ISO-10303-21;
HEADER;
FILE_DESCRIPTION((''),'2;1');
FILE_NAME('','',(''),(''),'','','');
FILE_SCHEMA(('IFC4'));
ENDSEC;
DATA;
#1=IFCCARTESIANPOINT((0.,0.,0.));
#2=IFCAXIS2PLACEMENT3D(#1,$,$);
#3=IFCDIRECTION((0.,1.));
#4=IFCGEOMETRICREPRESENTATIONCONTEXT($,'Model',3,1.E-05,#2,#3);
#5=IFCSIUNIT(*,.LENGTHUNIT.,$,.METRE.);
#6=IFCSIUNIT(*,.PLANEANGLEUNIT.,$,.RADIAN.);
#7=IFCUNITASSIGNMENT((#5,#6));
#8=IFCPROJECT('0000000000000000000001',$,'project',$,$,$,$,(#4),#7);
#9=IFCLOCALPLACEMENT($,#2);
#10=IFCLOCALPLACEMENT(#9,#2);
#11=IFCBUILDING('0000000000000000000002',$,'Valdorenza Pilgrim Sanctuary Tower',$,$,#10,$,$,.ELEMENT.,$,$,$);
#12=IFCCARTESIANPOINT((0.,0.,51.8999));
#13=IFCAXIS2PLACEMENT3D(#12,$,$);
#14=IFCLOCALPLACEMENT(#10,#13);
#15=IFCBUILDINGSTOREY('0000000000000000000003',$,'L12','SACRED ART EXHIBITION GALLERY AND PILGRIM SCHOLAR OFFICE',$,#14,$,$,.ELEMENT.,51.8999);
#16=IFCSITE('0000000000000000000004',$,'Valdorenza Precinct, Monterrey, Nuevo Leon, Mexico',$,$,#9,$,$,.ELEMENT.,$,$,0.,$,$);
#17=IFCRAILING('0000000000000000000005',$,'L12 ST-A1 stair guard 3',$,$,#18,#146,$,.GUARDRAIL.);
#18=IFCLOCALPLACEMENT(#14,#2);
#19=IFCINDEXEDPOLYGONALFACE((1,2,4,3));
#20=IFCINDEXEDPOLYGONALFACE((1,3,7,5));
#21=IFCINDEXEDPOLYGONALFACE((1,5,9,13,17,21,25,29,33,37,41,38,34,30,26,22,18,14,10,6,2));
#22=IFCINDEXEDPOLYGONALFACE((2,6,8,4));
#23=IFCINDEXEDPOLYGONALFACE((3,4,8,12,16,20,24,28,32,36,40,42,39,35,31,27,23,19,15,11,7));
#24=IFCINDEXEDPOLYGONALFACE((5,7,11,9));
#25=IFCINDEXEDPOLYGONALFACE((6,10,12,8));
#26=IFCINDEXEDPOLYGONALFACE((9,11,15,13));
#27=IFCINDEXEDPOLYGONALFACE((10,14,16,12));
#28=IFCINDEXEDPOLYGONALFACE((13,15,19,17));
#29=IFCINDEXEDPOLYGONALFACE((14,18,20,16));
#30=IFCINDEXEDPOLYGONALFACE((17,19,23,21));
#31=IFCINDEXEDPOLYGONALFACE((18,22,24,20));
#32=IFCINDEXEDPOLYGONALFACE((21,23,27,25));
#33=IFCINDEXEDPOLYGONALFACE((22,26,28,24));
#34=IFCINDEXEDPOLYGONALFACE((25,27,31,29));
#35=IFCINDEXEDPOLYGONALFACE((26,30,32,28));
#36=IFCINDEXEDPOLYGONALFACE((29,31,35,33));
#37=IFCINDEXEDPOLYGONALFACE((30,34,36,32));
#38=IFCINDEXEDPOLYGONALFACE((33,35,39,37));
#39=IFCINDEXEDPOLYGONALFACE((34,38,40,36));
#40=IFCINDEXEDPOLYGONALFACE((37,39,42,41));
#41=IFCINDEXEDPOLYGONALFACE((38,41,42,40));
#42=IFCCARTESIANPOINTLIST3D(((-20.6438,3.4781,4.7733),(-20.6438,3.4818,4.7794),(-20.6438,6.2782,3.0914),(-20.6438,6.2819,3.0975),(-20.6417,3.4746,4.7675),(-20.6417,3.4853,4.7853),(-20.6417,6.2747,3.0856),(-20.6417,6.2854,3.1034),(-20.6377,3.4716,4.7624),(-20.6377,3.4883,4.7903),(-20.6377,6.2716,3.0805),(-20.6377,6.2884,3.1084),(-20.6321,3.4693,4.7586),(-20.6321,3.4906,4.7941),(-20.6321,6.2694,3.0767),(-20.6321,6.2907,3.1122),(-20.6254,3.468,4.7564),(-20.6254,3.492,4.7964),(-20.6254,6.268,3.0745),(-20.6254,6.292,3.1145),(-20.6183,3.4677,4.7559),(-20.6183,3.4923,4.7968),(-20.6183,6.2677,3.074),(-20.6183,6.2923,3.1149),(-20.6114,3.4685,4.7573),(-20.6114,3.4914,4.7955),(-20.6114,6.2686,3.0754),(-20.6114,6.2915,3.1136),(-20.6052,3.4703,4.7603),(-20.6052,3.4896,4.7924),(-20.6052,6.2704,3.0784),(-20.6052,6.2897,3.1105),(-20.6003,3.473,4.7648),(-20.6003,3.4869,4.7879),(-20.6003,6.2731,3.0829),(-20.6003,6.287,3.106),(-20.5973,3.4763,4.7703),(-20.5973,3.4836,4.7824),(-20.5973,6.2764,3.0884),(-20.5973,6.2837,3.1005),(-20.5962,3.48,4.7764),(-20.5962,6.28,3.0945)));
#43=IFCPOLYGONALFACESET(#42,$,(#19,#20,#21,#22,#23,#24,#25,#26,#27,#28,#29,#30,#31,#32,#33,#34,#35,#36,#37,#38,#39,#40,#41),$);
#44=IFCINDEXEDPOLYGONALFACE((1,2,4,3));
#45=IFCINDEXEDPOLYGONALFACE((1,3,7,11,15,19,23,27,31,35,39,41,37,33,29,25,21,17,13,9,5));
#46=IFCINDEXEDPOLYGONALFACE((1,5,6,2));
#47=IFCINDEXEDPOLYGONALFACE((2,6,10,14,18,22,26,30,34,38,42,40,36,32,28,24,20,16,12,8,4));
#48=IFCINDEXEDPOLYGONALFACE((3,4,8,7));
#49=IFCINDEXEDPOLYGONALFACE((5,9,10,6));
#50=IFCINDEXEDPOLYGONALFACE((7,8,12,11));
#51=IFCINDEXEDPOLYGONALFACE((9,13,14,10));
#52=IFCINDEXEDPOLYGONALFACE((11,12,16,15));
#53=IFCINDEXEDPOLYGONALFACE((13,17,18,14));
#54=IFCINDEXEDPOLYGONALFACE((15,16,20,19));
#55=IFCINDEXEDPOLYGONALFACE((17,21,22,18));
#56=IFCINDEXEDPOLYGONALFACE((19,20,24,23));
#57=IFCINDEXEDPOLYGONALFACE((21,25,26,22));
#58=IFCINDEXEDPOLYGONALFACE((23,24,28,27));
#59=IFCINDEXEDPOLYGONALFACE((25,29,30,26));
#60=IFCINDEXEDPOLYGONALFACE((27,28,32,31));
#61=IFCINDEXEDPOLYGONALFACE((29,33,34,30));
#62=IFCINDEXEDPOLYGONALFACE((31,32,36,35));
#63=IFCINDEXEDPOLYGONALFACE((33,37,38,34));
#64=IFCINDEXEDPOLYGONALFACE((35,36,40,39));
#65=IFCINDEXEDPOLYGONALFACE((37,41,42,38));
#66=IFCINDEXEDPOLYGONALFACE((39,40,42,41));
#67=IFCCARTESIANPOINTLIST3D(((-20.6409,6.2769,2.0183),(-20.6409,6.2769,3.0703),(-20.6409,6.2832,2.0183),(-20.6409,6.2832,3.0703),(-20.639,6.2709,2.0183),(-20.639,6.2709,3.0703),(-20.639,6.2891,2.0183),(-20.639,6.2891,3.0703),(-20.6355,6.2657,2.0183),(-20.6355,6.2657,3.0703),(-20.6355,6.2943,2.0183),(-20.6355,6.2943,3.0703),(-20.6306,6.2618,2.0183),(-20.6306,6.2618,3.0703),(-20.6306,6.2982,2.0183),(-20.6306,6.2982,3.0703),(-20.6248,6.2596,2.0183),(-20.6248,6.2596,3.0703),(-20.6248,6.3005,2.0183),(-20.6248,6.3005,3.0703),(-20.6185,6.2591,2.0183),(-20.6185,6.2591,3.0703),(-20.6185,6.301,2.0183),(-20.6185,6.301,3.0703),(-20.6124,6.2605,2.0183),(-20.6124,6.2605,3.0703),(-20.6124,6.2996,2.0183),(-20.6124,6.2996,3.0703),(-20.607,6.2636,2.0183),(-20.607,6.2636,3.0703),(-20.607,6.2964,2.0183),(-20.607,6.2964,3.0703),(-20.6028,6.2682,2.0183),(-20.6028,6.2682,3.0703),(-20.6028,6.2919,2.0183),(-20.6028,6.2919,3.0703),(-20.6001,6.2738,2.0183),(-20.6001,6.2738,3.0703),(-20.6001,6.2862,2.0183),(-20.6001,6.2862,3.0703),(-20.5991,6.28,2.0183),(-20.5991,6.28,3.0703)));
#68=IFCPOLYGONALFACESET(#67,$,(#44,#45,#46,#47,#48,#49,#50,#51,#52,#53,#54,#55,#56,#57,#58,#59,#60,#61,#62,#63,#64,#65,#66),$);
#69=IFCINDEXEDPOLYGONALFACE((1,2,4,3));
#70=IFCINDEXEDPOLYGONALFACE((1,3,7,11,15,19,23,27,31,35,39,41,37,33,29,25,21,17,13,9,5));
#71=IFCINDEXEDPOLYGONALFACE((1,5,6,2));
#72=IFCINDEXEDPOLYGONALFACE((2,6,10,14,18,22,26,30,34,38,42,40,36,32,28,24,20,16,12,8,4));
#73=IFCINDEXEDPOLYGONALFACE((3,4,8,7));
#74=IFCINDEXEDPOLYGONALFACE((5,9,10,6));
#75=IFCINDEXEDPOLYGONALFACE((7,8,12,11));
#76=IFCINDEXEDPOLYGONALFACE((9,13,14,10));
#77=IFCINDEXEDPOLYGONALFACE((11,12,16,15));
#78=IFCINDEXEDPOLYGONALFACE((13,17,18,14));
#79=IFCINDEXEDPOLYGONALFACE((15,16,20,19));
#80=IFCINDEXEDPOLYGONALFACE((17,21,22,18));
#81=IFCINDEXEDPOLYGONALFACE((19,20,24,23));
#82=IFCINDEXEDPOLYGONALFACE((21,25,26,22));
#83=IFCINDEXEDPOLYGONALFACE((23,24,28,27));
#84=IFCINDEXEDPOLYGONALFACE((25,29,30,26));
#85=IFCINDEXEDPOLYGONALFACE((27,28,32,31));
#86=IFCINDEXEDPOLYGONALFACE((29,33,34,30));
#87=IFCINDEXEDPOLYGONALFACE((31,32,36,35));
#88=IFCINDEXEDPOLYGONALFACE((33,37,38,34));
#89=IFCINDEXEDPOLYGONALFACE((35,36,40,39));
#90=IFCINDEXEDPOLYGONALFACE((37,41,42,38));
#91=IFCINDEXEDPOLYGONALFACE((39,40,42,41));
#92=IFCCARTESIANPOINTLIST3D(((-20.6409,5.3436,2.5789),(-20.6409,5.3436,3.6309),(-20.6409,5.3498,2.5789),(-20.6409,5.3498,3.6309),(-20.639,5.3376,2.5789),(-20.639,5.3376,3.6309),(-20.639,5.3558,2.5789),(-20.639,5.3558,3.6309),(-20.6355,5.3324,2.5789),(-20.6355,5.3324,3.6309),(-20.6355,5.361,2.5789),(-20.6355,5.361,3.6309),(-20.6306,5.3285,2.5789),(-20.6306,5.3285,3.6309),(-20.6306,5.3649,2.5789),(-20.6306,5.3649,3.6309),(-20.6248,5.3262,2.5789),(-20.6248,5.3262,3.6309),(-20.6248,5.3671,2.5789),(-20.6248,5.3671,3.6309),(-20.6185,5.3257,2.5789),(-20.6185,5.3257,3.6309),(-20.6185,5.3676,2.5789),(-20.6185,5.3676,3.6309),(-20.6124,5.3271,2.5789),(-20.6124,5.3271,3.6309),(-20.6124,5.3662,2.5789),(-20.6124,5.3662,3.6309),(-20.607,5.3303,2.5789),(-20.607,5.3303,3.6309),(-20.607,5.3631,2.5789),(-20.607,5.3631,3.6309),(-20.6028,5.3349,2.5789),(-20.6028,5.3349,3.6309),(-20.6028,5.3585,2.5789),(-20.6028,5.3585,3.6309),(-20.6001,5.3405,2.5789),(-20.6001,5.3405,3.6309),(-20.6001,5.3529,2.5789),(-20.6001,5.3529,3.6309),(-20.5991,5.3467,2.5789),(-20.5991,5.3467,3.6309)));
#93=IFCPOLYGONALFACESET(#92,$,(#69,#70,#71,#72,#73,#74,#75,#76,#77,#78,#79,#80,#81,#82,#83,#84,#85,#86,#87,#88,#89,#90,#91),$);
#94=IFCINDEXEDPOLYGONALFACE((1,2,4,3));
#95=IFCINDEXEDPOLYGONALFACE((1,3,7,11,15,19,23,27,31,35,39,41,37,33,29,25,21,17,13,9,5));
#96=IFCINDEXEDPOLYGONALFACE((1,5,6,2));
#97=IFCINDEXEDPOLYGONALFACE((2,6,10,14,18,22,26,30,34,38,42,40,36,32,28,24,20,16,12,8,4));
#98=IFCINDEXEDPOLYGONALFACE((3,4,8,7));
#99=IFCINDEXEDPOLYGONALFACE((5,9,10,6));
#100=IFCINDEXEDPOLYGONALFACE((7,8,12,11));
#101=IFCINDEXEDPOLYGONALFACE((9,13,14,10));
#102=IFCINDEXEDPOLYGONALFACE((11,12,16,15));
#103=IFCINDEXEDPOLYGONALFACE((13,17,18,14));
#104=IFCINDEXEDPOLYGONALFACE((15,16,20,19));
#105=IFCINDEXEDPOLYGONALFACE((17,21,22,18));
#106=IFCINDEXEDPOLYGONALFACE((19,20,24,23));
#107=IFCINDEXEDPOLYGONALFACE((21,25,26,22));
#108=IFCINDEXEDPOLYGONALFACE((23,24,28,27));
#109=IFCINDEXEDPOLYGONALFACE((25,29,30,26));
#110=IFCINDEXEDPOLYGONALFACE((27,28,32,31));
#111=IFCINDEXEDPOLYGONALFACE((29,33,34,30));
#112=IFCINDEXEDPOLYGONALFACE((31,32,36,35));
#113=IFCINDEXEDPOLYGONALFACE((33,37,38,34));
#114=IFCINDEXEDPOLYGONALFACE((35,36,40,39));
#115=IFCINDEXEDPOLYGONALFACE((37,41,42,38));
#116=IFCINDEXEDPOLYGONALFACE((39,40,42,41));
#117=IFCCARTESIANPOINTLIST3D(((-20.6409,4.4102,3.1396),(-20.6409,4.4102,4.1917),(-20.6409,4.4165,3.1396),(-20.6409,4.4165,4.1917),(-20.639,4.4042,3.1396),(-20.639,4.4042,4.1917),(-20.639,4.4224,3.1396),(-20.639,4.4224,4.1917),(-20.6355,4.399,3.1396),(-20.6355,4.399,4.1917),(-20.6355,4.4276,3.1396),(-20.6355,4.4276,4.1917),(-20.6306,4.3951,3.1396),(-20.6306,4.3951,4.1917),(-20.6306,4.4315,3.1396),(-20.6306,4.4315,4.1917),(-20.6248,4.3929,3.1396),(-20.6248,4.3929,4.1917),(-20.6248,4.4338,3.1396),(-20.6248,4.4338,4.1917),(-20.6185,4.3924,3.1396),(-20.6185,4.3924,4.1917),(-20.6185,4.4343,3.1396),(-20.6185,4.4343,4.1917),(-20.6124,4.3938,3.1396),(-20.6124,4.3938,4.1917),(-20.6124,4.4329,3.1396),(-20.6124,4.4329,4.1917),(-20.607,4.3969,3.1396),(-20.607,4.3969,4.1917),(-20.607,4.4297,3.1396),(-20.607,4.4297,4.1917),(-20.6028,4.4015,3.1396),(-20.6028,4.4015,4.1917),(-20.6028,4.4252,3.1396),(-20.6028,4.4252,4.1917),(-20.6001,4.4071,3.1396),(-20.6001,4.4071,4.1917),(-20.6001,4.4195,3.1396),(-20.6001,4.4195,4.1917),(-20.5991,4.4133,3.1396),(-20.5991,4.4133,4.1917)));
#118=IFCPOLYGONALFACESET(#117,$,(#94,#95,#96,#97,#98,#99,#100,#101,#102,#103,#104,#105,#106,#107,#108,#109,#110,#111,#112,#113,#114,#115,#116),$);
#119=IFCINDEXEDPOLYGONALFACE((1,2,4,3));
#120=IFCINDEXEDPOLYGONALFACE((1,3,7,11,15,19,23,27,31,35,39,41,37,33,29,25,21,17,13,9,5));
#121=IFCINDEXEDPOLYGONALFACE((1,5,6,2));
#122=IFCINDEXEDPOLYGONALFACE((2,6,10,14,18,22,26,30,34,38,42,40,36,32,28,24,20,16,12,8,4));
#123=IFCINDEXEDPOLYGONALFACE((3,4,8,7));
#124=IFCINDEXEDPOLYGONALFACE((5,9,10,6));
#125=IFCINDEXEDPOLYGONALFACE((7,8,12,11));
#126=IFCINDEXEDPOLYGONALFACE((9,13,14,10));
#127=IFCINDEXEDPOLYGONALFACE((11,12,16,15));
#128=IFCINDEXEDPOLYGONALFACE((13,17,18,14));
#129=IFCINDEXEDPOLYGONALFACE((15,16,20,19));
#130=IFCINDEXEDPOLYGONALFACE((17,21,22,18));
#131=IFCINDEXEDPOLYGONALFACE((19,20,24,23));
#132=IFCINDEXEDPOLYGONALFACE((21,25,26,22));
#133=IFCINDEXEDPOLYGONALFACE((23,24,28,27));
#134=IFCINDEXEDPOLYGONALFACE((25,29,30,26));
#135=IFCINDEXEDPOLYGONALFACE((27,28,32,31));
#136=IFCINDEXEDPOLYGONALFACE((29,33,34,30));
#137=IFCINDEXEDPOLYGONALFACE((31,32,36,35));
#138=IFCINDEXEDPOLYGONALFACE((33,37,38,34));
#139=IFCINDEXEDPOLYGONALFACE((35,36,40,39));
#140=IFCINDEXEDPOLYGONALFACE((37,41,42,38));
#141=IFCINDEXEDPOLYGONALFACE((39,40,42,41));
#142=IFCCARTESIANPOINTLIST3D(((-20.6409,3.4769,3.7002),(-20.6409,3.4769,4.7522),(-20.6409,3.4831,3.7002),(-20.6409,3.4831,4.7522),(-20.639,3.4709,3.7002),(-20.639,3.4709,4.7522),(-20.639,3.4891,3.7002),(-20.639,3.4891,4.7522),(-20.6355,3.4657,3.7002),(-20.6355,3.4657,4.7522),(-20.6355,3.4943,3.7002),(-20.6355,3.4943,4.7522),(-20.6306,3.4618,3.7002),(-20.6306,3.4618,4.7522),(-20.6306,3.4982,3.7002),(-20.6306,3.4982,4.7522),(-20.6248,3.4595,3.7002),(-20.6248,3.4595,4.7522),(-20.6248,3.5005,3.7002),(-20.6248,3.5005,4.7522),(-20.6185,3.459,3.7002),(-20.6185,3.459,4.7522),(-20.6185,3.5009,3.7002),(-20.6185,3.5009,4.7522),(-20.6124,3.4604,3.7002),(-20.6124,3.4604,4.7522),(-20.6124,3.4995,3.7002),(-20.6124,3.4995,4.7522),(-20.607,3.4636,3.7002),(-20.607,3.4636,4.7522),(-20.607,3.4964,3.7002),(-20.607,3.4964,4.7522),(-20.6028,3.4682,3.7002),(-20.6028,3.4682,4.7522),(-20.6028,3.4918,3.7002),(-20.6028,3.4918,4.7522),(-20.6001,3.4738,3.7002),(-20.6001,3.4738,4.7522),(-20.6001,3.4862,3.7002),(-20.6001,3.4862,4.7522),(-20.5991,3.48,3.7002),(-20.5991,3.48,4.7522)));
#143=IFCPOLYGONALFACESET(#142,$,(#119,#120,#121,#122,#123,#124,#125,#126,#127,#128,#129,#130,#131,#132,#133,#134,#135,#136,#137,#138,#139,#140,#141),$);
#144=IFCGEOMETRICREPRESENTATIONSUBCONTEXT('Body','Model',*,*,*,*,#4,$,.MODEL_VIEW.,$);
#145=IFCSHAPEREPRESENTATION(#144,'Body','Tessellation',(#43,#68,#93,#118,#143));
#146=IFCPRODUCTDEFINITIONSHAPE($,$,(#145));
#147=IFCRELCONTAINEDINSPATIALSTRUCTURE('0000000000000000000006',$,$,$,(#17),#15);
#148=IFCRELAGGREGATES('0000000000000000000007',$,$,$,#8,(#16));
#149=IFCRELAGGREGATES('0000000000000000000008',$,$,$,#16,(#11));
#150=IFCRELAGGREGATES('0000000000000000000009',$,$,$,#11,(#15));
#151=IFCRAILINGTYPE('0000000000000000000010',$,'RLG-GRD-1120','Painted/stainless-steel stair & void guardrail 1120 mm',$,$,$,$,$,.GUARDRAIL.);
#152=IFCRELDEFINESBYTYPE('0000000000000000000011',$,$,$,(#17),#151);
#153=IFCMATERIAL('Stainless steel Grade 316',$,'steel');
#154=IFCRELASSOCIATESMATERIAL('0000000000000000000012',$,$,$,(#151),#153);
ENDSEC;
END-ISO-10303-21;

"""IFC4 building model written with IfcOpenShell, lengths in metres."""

from ifc_helpers import new_model, si_unit, direction, frame, origin, origin_2d, place, context, subcontext, project, spatial, circle, extrude, material, type_object, element, save


model = new_model("IFC4")

# Units and contexts
model_context = context("Model", 3, precision=1e-05, world=origin(), true_north=direction((0.0, 1.0)))
body_context = subcontext(model_context, "Body", "Model", "MODEL_VIEW")
ifc_project = project(units=[si_unit("LENGTHUNIT", "METRE"), si_unit("PLANEANGLEUNIT", "RADIAN")], contexts=[model_context])

# Site, building, storey
site_placement = place(None, origin())
site = spatial("IfcSite", under=ifc_project, at=site_placement, Name="Valdorenza Precinct, Monterrey, Nuevo Leon, Mexico", CompositionType="ELEMENT", RefElevation=0.0)
building_placement = place(site_placement, origin())
building = spatial("IfcBuilding", under=site, at=building_placement, Name="Valdorenza Pilgrim Sanctuary Tower", CompositionType="ELEMENT")
storey_placement = place(building_placement, frame((0.0, 0.0, 51.8999)))
storey = spatial("IfcBuildingStorey", under=building, at=storey_placement, Name="L12", Description="SACRED ART EXHIBITION GALLERY AND PILGRIM SCHOLAR OFFICE", CompositionType="ELEMENT", Elevation=51.8999)

# Railing
ifc_material_1 = material(Name="Stainless steel Grade 316", Category="steel")
railing_type_1 = type_object("IfcRailingType", Name="RLG-GRD-1120", Description="Painted/stainless-steel stair & void guardrail 1120 mm", PredefinedType="GUARDRAIL", material=ifc_material_1)
railing_1_placement = place(storey_placement, frame((-20.6201, 6.28, 2.0183)))
element("IfcRailing", 1, at=railing_1_placement, inside=storey, type_object=railing_type_1, Name="L12 ST-A1 stair guard 3", PredefinedType="GUARDRAIL", context=body_context, shape_type="SweptSolid", body=[
    extrude(circle(Radius=0.0239, at=origin_2d()), frame((0.0, 0.0, 1.0762), z_axis=(0.0, -0.857242, 0.514913), x_axis=(1.0, 0.0, 0.0)), (0.0, 0.0, 1.0), 3.2664),
    extrude(circle(Radius=0.021, at=origin_2d()), origin(), (0.0, 0.0, 1.0), 1.052),
    extrude(circle(Radius=0.021, at=origin_2d()), frame((0.0, -0.9333, 0.5605)), (0.0, 0.0, 1.0), 1.052),
    extrude(circle(Radius=0.021, at=origin_2d()), frame((0.0, -1.8667, 1.1213)), (0.0, 0.0, 1.0), 1.052),
    extrude(circle(Radius=0.021, at=origin_2d()), frame((0.0, -2.8, 1.6819)), (0.0, 0.0, 1.0), 1.052),
])

save(model, "model.ifc")
